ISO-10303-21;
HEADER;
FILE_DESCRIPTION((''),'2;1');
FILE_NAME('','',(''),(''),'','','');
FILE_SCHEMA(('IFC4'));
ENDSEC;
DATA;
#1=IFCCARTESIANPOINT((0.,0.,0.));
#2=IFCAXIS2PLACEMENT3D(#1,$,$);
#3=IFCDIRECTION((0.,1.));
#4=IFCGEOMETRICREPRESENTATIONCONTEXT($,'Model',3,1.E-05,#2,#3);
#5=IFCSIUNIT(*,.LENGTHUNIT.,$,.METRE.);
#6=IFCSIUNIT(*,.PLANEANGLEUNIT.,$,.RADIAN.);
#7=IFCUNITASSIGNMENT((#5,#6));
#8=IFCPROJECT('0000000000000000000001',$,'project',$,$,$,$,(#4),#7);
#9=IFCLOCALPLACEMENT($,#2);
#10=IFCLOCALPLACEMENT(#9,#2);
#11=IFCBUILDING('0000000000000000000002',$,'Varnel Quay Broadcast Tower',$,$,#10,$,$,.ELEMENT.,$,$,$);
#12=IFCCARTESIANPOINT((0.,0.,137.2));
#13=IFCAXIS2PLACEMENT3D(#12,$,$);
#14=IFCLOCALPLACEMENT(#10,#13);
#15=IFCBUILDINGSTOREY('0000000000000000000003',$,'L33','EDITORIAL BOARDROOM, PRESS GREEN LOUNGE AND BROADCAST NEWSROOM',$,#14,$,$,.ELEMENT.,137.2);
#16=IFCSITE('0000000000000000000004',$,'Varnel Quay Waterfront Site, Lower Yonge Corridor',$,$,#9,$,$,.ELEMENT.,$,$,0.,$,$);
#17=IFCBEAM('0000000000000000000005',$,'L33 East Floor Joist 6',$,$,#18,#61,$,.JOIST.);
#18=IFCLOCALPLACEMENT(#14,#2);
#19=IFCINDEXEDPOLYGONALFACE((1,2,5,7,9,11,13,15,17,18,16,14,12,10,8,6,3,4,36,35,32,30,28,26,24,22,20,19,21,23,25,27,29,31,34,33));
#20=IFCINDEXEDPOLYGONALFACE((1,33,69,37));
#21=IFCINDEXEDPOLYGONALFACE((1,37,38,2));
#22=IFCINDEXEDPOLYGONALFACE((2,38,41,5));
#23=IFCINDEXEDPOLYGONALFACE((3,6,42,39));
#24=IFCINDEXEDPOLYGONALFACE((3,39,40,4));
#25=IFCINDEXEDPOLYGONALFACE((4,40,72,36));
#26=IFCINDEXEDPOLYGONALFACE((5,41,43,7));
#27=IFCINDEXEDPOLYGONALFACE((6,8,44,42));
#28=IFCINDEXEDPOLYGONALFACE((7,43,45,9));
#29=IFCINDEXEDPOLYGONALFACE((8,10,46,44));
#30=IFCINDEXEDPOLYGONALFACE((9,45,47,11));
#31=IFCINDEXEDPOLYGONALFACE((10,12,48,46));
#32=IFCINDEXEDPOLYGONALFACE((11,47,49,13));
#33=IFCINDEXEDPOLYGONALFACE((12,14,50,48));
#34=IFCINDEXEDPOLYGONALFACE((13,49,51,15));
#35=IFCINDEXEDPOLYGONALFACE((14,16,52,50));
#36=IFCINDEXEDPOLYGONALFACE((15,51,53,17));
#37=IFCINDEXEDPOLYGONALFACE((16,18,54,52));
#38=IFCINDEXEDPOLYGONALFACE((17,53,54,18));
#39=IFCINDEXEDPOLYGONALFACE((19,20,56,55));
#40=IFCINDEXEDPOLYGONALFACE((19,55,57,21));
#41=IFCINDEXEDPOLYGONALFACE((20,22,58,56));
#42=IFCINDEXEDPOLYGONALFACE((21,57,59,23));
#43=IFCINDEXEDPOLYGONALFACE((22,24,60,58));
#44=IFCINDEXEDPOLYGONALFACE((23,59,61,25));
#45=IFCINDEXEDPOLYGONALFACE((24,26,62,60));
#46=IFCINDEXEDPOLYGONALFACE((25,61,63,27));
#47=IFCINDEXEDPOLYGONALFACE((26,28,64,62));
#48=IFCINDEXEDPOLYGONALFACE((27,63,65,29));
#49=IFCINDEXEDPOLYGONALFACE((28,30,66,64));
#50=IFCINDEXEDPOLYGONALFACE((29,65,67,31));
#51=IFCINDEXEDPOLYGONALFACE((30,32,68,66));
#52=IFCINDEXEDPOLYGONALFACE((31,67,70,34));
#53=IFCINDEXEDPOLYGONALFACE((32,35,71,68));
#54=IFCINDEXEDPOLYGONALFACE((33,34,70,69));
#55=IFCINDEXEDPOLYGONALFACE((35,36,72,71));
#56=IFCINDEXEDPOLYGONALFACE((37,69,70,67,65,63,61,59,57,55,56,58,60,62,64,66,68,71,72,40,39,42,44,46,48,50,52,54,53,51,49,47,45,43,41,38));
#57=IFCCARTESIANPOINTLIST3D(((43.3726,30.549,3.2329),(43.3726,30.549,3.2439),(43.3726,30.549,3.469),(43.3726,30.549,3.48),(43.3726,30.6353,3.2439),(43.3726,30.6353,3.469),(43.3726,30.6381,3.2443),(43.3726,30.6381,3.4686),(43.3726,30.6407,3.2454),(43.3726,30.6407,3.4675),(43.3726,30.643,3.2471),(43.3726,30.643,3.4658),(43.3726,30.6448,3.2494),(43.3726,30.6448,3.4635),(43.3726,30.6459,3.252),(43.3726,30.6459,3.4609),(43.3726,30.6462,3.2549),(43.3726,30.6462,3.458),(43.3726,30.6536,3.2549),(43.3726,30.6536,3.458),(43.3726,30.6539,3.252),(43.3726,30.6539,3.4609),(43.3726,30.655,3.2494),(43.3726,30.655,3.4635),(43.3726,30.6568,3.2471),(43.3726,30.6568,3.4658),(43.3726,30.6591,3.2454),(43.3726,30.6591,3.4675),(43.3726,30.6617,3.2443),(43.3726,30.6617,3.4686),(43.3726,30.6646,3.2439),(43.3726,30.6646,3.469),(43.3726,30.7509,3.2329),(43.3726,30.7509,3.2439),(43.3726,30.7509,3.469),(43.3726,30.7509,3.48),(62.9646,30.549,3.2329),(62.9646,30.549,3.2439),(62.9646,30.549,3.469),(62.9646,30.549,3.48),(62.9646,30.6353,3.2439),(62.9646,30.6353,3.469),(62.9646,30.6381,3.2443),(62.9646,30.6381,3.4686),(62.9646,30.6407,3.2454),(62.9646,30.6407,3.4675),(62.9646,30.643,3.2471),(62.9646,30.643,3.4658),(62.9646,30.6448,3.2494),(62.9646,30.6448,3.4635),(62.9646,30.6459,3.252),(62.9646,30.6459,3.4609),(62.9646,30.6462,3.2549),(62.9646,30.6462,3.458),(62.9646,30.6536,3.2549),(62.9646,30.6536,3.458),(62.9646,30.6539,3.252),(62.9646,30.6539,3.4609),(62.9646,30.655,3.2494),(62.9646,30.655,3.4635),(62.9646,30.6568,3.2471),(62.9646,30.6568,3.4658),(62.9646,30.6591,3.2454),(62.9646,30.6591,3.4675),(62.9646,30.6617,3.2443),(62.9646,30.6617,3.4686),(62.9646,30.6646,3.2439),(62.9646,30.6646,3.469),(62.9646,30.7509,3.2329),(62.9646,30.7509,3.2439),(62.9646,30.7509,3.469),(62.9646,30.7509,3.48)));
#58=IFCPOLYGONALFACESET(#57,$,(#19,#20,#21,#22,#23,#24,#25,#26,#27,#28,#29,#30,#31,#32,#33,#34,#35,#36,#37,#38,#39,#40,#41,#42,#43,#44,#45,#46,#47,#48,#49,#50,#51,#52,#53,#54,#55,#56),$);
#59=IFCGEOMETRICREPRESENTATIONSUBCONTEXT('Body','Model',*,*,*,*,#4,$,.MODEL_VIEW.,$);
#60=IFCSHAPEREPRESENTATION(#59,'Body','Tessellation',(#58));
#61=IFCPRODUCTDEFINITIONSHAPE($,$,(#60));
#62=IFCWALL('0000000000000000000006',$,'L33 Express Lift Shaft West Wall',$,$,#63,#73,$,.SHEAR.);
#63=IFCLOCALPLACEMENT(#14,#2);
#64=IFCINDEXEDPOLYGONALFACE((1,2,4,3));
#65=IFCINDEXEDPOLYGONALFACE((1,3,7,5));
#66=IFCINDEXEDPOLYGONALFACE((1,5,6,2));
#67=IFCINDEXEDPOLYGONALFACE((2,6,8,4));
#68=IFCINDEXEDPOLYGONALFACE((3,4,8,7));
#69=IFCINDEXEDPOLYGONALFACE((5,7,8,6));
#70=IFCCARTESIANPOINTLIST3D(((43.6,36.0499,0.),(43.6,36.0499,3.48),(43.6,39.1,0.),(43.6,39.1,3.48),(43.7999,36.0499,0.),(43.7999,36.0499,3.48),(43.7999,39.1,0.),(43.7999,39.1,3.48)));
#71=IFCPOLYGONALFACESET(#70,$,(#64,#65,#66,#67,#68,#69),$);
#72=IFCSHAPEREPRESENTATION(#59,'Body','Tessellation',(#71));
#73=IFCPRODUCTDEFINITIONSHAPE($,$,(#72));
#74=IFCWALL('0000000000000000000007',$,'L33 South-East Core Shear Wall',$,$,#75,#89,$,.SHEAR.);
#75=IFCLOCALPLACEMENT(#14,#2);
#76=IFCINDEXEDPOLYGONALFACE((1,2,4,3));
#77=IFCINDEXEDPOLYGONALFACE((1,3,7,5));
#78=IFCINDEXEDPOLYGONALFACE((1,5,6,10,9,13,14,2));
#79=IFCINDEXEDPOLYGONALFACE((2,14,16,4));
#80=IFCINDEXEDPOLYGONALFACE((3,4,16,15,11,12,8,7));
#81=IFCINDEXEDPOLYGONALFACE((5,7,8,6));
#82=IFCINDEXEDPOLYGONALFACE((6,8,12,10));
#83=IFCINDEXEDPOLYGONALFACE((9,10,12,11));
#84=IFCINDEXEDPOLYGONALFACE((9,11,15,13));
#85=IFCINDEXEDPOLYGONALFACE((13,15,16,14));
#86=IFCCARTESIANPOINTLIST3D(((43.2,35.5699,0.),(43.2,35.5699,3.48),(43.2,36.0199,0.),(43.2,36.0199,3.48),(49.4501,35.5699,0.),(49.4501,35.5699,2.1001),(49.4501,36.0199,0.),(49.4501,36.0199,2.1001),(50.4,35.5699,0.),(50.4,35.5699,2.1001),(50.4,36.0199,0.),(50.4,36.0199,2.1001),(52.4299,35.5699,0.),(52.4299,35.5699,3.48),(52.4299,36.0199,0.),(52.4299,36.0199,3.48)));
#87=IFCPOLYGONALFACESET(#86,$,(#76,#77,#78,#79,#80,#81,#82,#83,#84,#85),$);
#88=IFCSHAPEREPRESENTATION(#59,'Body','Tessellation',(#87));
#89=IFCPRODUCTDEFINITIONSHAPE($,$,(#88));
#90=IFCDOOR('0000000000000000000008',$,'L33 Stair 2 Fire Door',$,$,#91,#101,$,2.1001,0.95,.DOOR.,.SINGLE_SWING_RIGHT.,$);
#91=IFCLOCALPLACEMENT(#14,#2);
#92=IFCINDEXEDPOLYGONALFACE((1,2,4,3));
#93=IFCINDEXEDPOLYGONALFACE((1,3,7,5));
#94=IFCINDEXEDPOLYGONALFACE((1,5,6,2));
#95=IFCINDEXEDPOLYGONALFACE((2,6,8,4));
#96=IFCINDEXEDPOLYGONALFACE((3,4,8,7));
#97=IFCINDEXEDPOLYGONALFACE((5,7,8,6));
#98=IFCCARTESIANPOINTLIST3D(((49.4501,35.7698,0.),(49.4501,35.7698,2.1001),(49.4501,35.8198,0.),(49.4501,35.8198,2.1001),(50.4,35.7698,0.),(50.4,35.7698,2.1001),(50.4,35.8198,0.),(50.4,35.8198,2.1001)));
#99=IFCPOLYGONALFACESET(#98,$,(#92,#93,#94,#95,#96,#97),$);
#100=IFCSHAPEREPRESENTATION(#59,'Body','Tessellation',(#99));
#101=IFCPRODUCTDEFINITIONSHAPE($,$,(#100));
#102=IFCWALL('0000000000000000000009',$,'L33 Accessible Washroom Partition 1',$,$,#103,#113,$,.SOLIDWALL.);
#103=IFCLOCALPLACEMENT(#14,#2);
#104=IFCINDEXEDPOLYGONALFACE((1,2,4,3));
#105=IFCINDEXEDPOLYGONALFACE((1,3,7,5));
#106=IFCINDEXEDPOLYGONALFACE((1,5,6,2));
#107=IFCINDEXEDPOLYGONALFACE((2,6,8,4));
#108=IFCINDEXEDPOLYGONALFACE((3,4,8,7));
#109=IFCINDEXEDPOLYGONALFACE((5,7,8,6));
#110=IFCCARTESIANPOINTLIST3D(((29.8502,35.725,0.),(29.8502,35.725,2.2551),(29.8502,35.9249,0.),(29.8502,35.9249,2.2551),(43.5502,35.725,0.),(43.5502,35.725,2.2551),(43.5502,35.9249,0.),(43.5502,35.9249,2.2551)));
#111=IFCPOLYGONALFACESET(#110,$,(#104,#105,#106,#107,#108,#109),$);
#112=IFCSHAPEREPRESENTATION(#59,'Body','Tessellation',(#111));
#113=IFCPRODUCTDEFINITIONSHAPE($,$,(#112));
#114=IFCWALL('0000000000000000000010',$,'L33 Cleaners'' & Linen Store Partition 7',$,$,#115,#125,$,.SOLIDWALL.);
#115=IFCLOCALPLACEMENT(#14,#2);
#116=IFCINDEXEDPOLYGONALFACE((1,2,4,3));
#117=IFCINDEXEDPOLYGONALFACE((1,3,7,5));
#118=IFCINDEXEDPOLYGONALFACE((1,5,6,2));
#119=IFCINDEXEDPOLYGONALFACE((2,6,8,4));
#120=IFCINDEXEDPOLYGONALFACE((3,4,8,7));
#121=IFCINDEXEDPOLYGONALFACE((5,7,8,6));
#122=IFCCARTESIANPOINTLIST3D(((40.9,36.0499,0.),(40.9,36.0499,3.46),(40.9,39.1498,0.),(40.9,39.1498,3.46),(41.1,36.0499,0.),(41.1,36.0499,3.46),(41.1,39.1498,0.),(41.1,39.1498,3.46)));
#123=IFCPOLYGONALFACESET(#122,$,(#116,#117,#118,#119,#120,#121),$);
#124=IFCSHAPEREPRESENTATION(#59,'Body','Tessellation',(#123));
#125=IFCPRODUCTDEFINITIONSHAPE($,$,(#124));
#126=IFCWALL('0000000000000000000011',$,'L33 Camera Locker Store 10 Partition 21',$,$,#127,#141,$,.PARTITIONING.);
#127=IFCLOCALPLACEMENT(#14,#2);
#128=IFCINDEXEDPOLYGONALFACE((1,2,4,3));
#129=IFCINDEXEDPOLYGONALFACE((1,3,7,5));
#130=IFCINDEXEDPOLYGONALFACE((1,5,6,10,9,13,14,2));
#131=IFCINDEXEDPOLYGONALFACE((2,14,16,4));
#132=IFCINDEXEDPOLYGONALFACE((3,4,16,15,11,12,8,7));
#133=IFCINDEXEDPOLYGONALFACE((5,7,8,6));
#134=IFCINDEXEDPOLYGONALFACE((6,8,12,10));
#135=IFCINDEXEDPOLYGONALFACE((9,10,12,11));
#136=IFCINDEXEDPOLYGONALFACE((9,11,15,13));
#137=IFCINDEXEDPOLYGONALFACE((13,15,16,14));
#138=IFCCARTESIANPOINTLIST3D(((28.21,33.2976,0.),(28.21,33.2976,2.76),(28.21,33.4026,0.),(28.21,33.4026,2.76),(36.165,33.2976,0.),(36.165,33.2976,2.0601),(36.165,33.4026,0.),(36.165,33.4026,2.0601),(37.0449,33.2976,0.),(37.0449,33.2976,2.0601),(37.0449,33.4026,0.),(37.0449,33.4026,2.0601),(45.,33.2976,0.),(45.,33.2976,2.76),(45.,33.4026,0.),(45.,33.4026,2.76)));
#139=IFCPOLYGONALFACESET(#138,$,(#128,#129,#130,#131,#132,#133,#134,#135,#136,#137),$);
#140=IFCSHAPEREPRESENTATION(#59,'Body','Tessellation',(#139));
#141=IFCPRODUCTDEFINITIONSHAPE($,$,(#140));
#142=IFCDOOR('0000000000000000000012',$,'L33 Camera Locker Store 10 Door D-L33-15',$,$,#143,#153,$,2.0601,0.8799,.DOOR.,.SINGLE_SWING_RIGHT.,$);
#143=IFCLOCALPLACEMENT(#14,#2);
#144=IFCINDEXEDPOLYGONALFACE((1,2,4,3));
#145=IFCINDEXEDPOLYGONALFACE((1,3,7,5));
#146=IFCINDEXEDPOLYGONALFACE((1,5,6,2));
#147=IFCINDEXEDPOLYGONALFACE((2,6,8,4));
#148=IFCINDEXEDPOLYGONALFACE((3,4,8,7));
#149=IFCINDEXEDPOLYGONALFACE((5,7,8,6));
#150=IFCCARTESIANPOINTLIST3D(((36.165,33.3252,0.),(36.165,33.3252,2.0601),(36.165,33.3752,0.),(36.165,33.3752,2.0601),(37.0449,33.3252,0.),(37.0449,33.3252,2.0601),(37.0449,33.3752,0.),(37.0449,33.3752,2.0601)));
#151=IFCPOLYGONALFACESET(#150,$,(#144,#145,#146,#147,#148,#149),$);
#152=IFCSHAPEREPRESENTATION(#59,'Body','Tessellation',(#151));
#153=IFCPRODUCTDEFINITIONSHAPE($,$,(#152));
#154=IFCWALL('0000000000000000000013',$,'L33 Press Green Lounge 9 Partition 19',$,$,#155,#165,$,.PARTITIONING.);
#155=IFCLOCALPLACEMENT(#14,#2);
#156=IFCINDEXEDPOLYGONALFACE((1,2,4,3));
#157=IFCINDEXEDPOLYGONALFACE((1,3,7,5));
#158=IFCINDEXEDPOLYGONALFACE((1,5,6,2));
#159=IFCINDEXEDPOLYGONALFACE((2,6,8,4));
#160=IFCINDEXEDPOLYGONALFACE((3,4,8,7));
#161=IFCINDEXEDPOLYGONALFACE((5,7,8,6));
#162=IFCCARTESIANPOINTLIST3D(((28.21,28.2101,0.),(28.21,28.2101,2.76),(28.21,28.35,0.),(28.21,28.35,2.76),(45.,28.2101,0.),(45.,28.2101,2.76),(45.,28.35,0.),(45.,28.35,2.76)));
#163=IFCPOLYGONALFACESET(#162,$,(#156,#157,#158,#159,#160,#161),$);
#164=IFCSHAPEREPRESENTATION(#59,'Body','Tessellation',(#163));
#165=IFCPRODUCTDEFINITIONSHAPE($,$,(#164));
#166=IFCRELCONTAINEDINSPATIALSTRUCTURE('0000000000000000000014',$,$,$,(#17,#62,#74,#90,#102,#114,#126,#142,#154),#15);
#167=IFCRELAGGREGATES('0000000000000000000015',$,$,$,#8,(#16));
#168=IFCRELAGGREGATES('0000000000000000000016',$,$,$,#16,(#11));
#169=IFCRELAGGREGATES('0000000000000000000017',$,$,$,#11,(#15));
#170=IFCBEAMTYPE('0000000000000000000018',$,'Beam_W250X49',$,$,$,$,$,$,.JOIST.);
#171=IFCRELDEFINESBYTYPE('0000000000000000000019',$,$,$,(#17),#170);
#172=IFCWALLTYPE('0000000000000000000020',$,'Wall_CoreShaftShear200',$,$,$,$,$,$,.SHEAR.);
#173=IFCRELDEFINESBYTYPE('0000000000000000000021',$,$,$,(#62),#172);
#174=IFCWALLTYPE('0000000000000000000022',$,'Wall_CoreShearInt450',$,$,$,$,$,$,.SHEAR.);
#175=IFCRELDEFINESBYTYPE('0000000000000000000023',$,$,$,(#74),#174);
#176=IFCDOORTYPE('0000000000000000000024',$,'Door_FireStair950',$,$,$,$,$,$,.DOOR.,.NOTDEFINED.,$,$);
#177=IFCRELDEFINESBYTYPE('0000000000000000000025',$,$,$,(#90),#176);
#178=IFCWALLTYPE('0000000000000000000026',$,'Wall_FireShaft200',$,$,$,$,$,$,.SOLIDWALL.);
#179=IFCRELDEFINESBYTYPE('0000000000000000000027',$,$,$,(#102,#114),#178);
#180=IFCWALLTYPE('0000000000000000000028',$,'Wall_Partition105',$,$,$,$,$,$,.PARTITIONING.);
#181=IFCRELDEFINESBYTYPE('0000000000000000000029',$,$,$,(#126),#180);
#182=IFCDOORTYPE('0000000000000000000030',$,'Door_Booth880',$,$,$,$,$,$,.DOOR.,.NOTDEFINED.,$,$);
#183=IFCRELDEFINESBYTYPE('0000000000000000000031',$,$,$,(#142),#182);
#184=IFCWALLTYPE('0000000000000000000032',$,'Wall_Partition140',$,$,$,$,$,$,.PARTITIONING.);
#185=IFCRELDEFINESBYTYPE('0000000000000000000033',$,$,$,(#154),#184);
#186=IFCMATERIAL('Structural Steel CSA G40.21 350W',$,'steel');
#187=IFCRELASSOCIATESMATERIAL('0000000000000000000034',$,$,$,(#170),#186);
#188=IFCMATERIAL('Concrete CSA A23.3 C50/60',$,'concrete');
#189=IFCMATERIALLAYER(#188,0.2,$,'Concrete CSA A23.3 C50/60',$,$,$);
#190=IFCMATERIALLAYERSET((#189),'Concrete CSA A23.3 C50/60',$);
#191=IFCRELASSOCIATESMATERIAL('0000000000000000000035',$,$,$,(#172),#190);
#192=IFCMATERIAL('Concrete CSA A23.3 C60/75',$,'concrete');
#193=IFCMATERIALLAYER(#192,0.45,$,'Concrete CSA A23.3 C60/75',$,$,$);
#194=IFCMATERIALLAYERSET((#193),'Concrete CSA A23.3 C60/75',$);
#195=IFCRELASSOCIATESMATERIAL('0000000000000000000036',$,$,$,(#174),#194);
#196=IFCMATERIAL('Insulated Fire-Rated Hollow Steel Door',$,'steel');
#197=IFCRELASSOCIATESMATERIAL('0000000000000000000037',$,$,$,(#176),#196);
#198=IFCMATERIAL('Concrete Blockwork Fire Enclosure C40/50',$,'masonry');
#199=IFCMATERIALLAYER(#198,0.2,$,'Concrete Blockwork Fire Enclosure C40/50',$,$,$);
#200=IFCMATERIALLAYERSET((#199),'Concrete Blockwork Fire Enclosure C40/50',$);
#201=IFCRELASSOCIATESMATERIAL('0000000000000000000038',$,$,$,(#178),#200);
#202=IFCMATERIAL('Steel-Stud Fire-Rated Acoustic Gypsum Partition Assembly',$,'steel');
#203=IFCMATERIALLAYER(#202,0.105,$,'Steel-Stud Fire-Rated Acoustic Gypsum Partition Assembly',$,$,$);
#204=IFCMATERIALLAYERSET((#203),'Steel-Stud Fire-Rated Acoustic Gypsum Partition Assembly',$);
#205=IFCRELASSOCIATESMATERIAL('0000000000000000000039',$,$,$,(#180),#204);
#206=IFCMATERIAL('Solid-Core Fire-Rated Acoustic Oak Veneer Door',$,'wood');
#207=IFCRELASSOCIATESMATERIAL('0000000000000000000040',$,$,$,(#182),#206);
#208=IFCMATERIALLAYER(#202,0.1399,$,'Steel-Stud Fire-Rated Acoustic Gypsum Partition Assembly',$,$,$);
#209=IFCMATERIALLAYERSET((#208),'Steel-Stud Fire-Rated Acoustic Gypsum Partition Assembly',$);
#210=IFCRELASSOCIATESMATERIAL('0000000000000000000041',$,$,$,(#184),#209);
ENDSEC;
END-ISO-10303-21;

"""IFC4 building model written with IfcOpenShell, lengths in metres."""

from ifc_helpers import new_model, si_unit, direction, frame, frame_2d, origin, origin_2d, place, context, subcontext, project, spatial, rectangle, i_section, extrude, source, transform, mapped, material, layer, layer_set, material_profile, profile_set, type_object, type_shapes, element, fill, save


model = new_model("IFC4")

# Units and contexts
model_context = context("Model", 3, precision=1e-05, world=origin(), true_north=direction((0.0, 1.0)))
body_context = subcontext(model_context, "Body", "Model", "MODEL_VIEW")
ifc_project = project(units=[si_unit("LENGTHUNIT", "METRE"), si_unit("PLANEANGLEUNIT", "RADIAN")], contexts=[model_context])

# Site, building, storey
site_placement = place(None, origin())
site = spatial("IfcSite", under=ifc_project, at=site_placement, Name="Varnel Quay Waterfront Site, Lower Yonge Corridor", CompositionType="ELEMENT", RefElevation=0.0)
building_placement = place(site_placement, origin())
building = spatial("IfcBuilding", under=site, at=building_placement, Name="Varnel Quay Broadcast Tower", CompositionType="ELEMENT")
storey_placement = place(building_placement, frame((0.0, 0.0, 137.2)))
storey = spatial("IfcBuildingStorey", under=building, at=storey_placement, Name="L33", Description="EDITORIAL BOARDROOM, PRESS GREEN LOUNGE AND BROADCAST NEWSROOM", CompositionType="ELEMENT", Elevation=137.2)

# Beam
ifc_material_1 = material(Name="Concrete CSA A23.3 C60/75", Category="concrete")
ifc_material_2 = material(Name="Structural Steel CSA G40.21 350W", Category="steel")
ifc_material_profile_1 = material_profile(ifc_material_2, i_section(OverallWidth=0.2019, OverallDepth=0.2471, WebThickness=0.0073, FlangeThickness=0.011, FilletRadius=0.011, at=origin_2d()), Name="W250X49")
ifc_profile_set_1 = profile_set([ifc_material_profile_1], Name="Structural Steel CSA G40.21 350W")
beam_type_1 = type_object("IfcBeamType", Name="Beam_W250X49", PredefinedType="JOIST", material=ifc_profile_set_1)
shared_shape_1 = source(origin(), body_context, "Body", "SweptSolid", [
    extrude(i_section(OverallWidth=0.2019, OverallDepth=0.2471, WebThickness=0.0073, FlangeThickness=0.011, FilletRadius=0.011, at=origin_2d()), origin(), (0.0, 0.0, 1.0), 19.592),
])
type_shapes(beam_type_1, [shared_shape_1])
beam_1_placement = place(storey_placement, frame((43.3726, 30.6499, 3.3564), z_axis=(1.0, 0.0, 0.0), x_axis=(0.0, 1.0, 0.0)))
element("IfcBeam", 1, at=beam_1_placement, inside=storey, type_object=beam_type_1, Name="L33 East Floor Joist 6", PredefinedType="JOIST", context=body_context, shape_type="MappedRepresentation", body=[
    mapped(shared_shape_1, transform((0.0, 0.0, 0.0), x_axis=(1.0, 0.0, 0.0), y_axis=(0.0, 1.0, 0.0), z_axis=(0.0, 0.0, 1.0), scale=1.0)),
])

# Wall
ifc_material_3 = material(Name="Concrete CSA A23.3 C50/60", Category="concrete")
ifc_layer_1 = layer(ifc_material_3, 0.2, Name="Concrete CSA A23.3 C50/60")
ifc_layer_set_1 = layer_set([ifc_layer_1], Name="Concrete CSA A23.3 C50/60")
wall_type_1 = type_object("IfcWallType", Name="Wall_CoreShaftShear200", PredefinedType="SHEAR", material=ifc_layer_set_1)
wall_1_placement = place(storey_placement, frame((43.7, 36.05, 0.0), z_axis=(0.0, 0.0, 1.0), x_axis=(0.0, 1.0, 0.0)))
element("IfcWall", 2, at=wall_1_placement, inside=storey, type_object=wall_type_1, Name="L33 Express Lift Shaft West Wall", PredefinedType="SHEAR", context=body_context, shape_type="SweptSolid", body=[
    extrude(rectangle(XDim=3.05, YDim=0.2, at=frame_2d((1.5249, 0.0))), origin(), (0.0, 0.0, 1.0), 3.48),
])

# Wall, opening, door
ifc_layer_2 = layer(ifc_material_1, 0.45, Name="Concrete CSA A23.3 C60/75")
ifc_layer_set_2 = layer_set([ifc_layer_2], Name="Concrete CSA A23.3 C60/75")
wall_type_2 = type_object("IfcWallType", Name="Wall_CoreShearInt450", PredefinedType="SHEAR", material=ifc_layer_set_2)
wall_2_placement = place(storey_placement, frame((43.2, 35.7949, 0.0), z_axis=(0.0, 0.0, 1.0), x_axis=(1.0, 0.0, 0.0)))
wall_2 = element("IfcWall", 3, at=wall_2_placement, inside=storey, type_object=wall_type_2, Name="L33 South-East Core Shear Wall", PredefinedType="SHEAR", context=body_context, shape_type="SweptSolid", body=[
    extrude(rectangle(XDim=9.23, YDim=0.45, at=frame_2d((4.615, 0.0))), origin(), (0.0, 0.0, 1.0), 3.48),
])
opening_1_placement = place(wall_2_placement, frame((6.25, 0.0, 0.0)))
opening_1 = element("IfcOpeningElement", 4, at=opening_1_placement, cuts=wall_2, PredefinedType="OPENING", context=body_context, shape_type="SweptSolid", body=[
    extrude(rectangle(XDim=0.95, YDim=2.1001, at=frame_2d((0.4751, 1.05))), frame((0.0, 0.2349, 0.0), z_axis=(0.0, -1.0, 0.0), x_axis=(1.0, 0.0, 0.0)), (0.0, 0.0, 1.0), 0.47),
])
ifc_material_4 = material(Name="Insulated Fire-Rated Hollow Steel Door", Category="steel")
door_type_1 = type_object("IfcDoorType", Name="Door_FireStair950", OperationType="NOTDEFINED", PredefinedType="DOOR", material=ifc_material_4)
shared_shape_2 = source(origin(), body_context, "Body", "SweptSolid", [
    extrude(rectangle(XDim=0.95, YDim=2.1001, at=frame_2d((0.4751, 1.05))), frame((0.0, 0.0249, 0.0), z_axis=(0.0, -1.0, 0.0), x_axis=(1.0, 0.0, 0.0)), (0.0, 0.0, 1.0), 0.05),
])
type_shapes(door_type_1, [shared_shape_2])
door_1_placement = place(opening_1_placement, origin())
door_1 = element("IfcDoor", 5, at=door_1_placement, inside=storey, type_object=door_type_1, Name="L33 Stair 2 Fire Door", OperationType="SINGLE_SWING_RIGHT", OverallHeight=2.1001, OverallWidth=0.95, PredefinedType="DOOR", context=body_context, shape_type="MappedRepresentation", body=[
    mapped(shared_shape_2, transform((0.0, 0.0, 0.0), x_axis=(1.0, 0.0, 0.0), y_axis=(0.0, 1.0, 0.0), z_axis=(0.0, 0.0, 1.0), scale=1.0)),
])
fill(opening_1, door_1)

# Walls
ifc_material_5 = material(Name="Concrete Blockwork Fire Enclosure C40/50", Category="masonry")
ifc_layer_3 = layer(ifc_material_5, 0.2, Name="Concrete Blockwork Fire Enclosure C40/50")
ifc_layer_set_3 = layer_set([ifc_layer_3], Name="Concrete Blockwork Fire Enclosure C40/50")
wall_type_3 = type_object("IfcWallType", Name="Wall_FireShaft200", PredefinedType="SOLIDWALL", material=ifc_layer_set_3)
wall_3_placement = place(storey_placement, frame((29.8501, 35.825, 0.0), z_axis=(0.0, 0.0, 1.0), x_axis=(1.0, 0.0, 0.0)))
element("IfcWall", 6, at=wall_3_placement, inside=storey, type_object=wall_type_3, Name="L33 Accessible Washroom Partition 1", PredefinedType="SOLIDWALL", context=body_context, shape_type="SweptSolid", body=[
    extrude(rectangle(XDim=13.7, YDim=0.2, at=frame_2d((6.8501, 0.0))), origin(), (0.0, 0.0, 1.0), 2.2551),
])
wall_4_placement = place(storey_placement, frame((41.0, 36.05, 0.0), z_axis=(0.0, 0.0, 1.0), x_axis=(0.0, 1.0, 0.0)))
element("IfcWall", 7, at=wall_4_placement, inside=storey, type_object=wall_type_3, Name="L33 Cleaners' & Linen Store Partition 7", PredefinedType="SOLIDWALL", context=body_context, shape_type="SweptSolid", body=[
    extrude(rectangle(XDim=3.0999, YDim=0.2, at=frame_2d((1.5498, 0.0))), origin(), (0.0, 0.0, 1.0), 3.46),
])

# Wall, opening, door
ifc_material_6 = material(Name="Steel-Stud Fire-Rated Acoustic Gypsum Partition Assembly", Category="steel")
ifc_layer_4 = layer(ifc_material_6, 0.105, Name="Steel-Stud Fire-Rated Acoustic Gypsum Partition Assembly")
ifc_layer_set_4 = layer_set([ifc_layer_4], Name="Steel-Stud Fire-Rated Acoustic Gypsum Partition Assembly")
wall_type_4 = type_object("IfcWallType", Name="Wall_Partition105", PredefinedType="PARTITIONING", material=ifc_layer_set_4)
wall_5_placement = place(storey_placement, frame((28.21, 33.3501, 0.0), z_axis=(0.0, 0.0, 1.0), x_axis=(1.0, 0.0, 0.0)))
wall_5 = element("IfcWall", 8, at=wall_5_placement, inside=storey, type_object=wall_type_4, Name="L33 Camera Locker Store 10 Partition 21", PredefinedType="PARTITIONING", context=body_context, shape_type="SweptSolid", body=[
    extrude(rectangle(XDim=16.79, YDim=0.105, at=frame_2d((8.395, 0.0))), origin(), (0.0, 0.0, 1.0), 2.76),
])
opening_2_placement = place(wall_5_placement, frame((7.9551, 0.0, 0.0)))
opening_2 = element("IfcOpeningElement", 9, at=opening_2_placement, cuts=wall_5, PredefinedType="OPENING", context=body_context, shape_type="SweptSolid", body=[
    extrude(rectangle(XDim=0.8799, YDim=2.0601, at=frame_2d((0.4399, 1.03))), frame((0.0, 0.0625, 0.0), z_axis=(0.0, -1.0, 0.0), x_axis=(1.0, 0.0, 0.0)), (0.0, 0.0, 1.0), 0.125),
])
ifc_material_7 = material(Name="Solid-Core Fire-Rated Acoustic Oak Veneer Door", Category="wood")
door_type_2 = type_object("IfcDoorType", Name="Door_Booth880", OperationType="NOTDEFINED", PredefinedType="DOOR", material=ifc_material_7)
shared_shape_3 = source(origin(), body_context, "Body", "SweptSolid", [
    extrude(rectangle(XDim=0.8799, YDim=2.0601, at=frame_2d((0.4399, 1.03))), frame((0.0, 0.0249, 0.0), z_axis=(0.0, -1.0, 0.0), x_axis=(1.0, 0.0, 0.0)), (0.0, 0.0, 1.0), 0.05),
])
type_shapes(door_type_2, [shared_shape_3])
door_2_placement = place(opening_2_placement, frame((0.8799, 0.0, 0.0), z_axis=(0.0, 0.0, 1.0), x_axis=(-1.0, 0.0, 0.0)))
door_2 = element("IfcDoor", 10, at=door_2_placement, inside=storey, type_object=door_type_2, Name="L33 Camera Locker Store 10 Door D-L33-15", OperationType="SINGLE_SWING_RIGHT", OverallHeight=2.0601, OverallWidth=0.8799, PredefinedType="DOOR", context=body_context, shape_type="MappedRepresentation", body=[
    mapped(shared_shape_3, transform((0.0, 0.0, 0.0), x_axis=(1.0, 0.0, 0.0), y_axis=(0.0, 1.0, 0.0), z_axis=(0.0, 0.0, 1.0), scale=1.0)),
])
fill(opening_2, door_2)

# Wall
ifc_layer_5 = layer(ifc_material_6, 0.1399, Name="Steel-Stud Fire-Rated Acoustic Gypsum Partition Assembly")
ifc_layer_set_5 = layer_set([ifc_layer_5], Name="Steel-Stud Fire-Rated Acoustic Gypsum Partition Assembly")
wall_type_5 = type_object("IfcWallType", Name="Wall_Partition140", PredefinedType="PARTITIONING", material=ifc_layer_set_5)
wall_6_placement = place(storey_placement, frame((28.21, 28.28, 0.0), z_axis=(0.0, 0.0, 1.0), x_axis=(1.0, 0.0, 0.0)))
element("IfcWall", 11, at=wall_6_placement, inside=storey, type_object=wall_type_5, Name="L33 Press Green Lounge 9 Partition 19", PredefinedType="PARTITIONING", context=body_context, shape_type="SweptSolid", body=[
    extrude(rectangle(XDim=16.79, YDim=0.1399, at=frame_2d((8.395, 0.0))), origin(), (0.0, 0.0, 1.0), 2.76),
])

save(model, "model.ifc")
